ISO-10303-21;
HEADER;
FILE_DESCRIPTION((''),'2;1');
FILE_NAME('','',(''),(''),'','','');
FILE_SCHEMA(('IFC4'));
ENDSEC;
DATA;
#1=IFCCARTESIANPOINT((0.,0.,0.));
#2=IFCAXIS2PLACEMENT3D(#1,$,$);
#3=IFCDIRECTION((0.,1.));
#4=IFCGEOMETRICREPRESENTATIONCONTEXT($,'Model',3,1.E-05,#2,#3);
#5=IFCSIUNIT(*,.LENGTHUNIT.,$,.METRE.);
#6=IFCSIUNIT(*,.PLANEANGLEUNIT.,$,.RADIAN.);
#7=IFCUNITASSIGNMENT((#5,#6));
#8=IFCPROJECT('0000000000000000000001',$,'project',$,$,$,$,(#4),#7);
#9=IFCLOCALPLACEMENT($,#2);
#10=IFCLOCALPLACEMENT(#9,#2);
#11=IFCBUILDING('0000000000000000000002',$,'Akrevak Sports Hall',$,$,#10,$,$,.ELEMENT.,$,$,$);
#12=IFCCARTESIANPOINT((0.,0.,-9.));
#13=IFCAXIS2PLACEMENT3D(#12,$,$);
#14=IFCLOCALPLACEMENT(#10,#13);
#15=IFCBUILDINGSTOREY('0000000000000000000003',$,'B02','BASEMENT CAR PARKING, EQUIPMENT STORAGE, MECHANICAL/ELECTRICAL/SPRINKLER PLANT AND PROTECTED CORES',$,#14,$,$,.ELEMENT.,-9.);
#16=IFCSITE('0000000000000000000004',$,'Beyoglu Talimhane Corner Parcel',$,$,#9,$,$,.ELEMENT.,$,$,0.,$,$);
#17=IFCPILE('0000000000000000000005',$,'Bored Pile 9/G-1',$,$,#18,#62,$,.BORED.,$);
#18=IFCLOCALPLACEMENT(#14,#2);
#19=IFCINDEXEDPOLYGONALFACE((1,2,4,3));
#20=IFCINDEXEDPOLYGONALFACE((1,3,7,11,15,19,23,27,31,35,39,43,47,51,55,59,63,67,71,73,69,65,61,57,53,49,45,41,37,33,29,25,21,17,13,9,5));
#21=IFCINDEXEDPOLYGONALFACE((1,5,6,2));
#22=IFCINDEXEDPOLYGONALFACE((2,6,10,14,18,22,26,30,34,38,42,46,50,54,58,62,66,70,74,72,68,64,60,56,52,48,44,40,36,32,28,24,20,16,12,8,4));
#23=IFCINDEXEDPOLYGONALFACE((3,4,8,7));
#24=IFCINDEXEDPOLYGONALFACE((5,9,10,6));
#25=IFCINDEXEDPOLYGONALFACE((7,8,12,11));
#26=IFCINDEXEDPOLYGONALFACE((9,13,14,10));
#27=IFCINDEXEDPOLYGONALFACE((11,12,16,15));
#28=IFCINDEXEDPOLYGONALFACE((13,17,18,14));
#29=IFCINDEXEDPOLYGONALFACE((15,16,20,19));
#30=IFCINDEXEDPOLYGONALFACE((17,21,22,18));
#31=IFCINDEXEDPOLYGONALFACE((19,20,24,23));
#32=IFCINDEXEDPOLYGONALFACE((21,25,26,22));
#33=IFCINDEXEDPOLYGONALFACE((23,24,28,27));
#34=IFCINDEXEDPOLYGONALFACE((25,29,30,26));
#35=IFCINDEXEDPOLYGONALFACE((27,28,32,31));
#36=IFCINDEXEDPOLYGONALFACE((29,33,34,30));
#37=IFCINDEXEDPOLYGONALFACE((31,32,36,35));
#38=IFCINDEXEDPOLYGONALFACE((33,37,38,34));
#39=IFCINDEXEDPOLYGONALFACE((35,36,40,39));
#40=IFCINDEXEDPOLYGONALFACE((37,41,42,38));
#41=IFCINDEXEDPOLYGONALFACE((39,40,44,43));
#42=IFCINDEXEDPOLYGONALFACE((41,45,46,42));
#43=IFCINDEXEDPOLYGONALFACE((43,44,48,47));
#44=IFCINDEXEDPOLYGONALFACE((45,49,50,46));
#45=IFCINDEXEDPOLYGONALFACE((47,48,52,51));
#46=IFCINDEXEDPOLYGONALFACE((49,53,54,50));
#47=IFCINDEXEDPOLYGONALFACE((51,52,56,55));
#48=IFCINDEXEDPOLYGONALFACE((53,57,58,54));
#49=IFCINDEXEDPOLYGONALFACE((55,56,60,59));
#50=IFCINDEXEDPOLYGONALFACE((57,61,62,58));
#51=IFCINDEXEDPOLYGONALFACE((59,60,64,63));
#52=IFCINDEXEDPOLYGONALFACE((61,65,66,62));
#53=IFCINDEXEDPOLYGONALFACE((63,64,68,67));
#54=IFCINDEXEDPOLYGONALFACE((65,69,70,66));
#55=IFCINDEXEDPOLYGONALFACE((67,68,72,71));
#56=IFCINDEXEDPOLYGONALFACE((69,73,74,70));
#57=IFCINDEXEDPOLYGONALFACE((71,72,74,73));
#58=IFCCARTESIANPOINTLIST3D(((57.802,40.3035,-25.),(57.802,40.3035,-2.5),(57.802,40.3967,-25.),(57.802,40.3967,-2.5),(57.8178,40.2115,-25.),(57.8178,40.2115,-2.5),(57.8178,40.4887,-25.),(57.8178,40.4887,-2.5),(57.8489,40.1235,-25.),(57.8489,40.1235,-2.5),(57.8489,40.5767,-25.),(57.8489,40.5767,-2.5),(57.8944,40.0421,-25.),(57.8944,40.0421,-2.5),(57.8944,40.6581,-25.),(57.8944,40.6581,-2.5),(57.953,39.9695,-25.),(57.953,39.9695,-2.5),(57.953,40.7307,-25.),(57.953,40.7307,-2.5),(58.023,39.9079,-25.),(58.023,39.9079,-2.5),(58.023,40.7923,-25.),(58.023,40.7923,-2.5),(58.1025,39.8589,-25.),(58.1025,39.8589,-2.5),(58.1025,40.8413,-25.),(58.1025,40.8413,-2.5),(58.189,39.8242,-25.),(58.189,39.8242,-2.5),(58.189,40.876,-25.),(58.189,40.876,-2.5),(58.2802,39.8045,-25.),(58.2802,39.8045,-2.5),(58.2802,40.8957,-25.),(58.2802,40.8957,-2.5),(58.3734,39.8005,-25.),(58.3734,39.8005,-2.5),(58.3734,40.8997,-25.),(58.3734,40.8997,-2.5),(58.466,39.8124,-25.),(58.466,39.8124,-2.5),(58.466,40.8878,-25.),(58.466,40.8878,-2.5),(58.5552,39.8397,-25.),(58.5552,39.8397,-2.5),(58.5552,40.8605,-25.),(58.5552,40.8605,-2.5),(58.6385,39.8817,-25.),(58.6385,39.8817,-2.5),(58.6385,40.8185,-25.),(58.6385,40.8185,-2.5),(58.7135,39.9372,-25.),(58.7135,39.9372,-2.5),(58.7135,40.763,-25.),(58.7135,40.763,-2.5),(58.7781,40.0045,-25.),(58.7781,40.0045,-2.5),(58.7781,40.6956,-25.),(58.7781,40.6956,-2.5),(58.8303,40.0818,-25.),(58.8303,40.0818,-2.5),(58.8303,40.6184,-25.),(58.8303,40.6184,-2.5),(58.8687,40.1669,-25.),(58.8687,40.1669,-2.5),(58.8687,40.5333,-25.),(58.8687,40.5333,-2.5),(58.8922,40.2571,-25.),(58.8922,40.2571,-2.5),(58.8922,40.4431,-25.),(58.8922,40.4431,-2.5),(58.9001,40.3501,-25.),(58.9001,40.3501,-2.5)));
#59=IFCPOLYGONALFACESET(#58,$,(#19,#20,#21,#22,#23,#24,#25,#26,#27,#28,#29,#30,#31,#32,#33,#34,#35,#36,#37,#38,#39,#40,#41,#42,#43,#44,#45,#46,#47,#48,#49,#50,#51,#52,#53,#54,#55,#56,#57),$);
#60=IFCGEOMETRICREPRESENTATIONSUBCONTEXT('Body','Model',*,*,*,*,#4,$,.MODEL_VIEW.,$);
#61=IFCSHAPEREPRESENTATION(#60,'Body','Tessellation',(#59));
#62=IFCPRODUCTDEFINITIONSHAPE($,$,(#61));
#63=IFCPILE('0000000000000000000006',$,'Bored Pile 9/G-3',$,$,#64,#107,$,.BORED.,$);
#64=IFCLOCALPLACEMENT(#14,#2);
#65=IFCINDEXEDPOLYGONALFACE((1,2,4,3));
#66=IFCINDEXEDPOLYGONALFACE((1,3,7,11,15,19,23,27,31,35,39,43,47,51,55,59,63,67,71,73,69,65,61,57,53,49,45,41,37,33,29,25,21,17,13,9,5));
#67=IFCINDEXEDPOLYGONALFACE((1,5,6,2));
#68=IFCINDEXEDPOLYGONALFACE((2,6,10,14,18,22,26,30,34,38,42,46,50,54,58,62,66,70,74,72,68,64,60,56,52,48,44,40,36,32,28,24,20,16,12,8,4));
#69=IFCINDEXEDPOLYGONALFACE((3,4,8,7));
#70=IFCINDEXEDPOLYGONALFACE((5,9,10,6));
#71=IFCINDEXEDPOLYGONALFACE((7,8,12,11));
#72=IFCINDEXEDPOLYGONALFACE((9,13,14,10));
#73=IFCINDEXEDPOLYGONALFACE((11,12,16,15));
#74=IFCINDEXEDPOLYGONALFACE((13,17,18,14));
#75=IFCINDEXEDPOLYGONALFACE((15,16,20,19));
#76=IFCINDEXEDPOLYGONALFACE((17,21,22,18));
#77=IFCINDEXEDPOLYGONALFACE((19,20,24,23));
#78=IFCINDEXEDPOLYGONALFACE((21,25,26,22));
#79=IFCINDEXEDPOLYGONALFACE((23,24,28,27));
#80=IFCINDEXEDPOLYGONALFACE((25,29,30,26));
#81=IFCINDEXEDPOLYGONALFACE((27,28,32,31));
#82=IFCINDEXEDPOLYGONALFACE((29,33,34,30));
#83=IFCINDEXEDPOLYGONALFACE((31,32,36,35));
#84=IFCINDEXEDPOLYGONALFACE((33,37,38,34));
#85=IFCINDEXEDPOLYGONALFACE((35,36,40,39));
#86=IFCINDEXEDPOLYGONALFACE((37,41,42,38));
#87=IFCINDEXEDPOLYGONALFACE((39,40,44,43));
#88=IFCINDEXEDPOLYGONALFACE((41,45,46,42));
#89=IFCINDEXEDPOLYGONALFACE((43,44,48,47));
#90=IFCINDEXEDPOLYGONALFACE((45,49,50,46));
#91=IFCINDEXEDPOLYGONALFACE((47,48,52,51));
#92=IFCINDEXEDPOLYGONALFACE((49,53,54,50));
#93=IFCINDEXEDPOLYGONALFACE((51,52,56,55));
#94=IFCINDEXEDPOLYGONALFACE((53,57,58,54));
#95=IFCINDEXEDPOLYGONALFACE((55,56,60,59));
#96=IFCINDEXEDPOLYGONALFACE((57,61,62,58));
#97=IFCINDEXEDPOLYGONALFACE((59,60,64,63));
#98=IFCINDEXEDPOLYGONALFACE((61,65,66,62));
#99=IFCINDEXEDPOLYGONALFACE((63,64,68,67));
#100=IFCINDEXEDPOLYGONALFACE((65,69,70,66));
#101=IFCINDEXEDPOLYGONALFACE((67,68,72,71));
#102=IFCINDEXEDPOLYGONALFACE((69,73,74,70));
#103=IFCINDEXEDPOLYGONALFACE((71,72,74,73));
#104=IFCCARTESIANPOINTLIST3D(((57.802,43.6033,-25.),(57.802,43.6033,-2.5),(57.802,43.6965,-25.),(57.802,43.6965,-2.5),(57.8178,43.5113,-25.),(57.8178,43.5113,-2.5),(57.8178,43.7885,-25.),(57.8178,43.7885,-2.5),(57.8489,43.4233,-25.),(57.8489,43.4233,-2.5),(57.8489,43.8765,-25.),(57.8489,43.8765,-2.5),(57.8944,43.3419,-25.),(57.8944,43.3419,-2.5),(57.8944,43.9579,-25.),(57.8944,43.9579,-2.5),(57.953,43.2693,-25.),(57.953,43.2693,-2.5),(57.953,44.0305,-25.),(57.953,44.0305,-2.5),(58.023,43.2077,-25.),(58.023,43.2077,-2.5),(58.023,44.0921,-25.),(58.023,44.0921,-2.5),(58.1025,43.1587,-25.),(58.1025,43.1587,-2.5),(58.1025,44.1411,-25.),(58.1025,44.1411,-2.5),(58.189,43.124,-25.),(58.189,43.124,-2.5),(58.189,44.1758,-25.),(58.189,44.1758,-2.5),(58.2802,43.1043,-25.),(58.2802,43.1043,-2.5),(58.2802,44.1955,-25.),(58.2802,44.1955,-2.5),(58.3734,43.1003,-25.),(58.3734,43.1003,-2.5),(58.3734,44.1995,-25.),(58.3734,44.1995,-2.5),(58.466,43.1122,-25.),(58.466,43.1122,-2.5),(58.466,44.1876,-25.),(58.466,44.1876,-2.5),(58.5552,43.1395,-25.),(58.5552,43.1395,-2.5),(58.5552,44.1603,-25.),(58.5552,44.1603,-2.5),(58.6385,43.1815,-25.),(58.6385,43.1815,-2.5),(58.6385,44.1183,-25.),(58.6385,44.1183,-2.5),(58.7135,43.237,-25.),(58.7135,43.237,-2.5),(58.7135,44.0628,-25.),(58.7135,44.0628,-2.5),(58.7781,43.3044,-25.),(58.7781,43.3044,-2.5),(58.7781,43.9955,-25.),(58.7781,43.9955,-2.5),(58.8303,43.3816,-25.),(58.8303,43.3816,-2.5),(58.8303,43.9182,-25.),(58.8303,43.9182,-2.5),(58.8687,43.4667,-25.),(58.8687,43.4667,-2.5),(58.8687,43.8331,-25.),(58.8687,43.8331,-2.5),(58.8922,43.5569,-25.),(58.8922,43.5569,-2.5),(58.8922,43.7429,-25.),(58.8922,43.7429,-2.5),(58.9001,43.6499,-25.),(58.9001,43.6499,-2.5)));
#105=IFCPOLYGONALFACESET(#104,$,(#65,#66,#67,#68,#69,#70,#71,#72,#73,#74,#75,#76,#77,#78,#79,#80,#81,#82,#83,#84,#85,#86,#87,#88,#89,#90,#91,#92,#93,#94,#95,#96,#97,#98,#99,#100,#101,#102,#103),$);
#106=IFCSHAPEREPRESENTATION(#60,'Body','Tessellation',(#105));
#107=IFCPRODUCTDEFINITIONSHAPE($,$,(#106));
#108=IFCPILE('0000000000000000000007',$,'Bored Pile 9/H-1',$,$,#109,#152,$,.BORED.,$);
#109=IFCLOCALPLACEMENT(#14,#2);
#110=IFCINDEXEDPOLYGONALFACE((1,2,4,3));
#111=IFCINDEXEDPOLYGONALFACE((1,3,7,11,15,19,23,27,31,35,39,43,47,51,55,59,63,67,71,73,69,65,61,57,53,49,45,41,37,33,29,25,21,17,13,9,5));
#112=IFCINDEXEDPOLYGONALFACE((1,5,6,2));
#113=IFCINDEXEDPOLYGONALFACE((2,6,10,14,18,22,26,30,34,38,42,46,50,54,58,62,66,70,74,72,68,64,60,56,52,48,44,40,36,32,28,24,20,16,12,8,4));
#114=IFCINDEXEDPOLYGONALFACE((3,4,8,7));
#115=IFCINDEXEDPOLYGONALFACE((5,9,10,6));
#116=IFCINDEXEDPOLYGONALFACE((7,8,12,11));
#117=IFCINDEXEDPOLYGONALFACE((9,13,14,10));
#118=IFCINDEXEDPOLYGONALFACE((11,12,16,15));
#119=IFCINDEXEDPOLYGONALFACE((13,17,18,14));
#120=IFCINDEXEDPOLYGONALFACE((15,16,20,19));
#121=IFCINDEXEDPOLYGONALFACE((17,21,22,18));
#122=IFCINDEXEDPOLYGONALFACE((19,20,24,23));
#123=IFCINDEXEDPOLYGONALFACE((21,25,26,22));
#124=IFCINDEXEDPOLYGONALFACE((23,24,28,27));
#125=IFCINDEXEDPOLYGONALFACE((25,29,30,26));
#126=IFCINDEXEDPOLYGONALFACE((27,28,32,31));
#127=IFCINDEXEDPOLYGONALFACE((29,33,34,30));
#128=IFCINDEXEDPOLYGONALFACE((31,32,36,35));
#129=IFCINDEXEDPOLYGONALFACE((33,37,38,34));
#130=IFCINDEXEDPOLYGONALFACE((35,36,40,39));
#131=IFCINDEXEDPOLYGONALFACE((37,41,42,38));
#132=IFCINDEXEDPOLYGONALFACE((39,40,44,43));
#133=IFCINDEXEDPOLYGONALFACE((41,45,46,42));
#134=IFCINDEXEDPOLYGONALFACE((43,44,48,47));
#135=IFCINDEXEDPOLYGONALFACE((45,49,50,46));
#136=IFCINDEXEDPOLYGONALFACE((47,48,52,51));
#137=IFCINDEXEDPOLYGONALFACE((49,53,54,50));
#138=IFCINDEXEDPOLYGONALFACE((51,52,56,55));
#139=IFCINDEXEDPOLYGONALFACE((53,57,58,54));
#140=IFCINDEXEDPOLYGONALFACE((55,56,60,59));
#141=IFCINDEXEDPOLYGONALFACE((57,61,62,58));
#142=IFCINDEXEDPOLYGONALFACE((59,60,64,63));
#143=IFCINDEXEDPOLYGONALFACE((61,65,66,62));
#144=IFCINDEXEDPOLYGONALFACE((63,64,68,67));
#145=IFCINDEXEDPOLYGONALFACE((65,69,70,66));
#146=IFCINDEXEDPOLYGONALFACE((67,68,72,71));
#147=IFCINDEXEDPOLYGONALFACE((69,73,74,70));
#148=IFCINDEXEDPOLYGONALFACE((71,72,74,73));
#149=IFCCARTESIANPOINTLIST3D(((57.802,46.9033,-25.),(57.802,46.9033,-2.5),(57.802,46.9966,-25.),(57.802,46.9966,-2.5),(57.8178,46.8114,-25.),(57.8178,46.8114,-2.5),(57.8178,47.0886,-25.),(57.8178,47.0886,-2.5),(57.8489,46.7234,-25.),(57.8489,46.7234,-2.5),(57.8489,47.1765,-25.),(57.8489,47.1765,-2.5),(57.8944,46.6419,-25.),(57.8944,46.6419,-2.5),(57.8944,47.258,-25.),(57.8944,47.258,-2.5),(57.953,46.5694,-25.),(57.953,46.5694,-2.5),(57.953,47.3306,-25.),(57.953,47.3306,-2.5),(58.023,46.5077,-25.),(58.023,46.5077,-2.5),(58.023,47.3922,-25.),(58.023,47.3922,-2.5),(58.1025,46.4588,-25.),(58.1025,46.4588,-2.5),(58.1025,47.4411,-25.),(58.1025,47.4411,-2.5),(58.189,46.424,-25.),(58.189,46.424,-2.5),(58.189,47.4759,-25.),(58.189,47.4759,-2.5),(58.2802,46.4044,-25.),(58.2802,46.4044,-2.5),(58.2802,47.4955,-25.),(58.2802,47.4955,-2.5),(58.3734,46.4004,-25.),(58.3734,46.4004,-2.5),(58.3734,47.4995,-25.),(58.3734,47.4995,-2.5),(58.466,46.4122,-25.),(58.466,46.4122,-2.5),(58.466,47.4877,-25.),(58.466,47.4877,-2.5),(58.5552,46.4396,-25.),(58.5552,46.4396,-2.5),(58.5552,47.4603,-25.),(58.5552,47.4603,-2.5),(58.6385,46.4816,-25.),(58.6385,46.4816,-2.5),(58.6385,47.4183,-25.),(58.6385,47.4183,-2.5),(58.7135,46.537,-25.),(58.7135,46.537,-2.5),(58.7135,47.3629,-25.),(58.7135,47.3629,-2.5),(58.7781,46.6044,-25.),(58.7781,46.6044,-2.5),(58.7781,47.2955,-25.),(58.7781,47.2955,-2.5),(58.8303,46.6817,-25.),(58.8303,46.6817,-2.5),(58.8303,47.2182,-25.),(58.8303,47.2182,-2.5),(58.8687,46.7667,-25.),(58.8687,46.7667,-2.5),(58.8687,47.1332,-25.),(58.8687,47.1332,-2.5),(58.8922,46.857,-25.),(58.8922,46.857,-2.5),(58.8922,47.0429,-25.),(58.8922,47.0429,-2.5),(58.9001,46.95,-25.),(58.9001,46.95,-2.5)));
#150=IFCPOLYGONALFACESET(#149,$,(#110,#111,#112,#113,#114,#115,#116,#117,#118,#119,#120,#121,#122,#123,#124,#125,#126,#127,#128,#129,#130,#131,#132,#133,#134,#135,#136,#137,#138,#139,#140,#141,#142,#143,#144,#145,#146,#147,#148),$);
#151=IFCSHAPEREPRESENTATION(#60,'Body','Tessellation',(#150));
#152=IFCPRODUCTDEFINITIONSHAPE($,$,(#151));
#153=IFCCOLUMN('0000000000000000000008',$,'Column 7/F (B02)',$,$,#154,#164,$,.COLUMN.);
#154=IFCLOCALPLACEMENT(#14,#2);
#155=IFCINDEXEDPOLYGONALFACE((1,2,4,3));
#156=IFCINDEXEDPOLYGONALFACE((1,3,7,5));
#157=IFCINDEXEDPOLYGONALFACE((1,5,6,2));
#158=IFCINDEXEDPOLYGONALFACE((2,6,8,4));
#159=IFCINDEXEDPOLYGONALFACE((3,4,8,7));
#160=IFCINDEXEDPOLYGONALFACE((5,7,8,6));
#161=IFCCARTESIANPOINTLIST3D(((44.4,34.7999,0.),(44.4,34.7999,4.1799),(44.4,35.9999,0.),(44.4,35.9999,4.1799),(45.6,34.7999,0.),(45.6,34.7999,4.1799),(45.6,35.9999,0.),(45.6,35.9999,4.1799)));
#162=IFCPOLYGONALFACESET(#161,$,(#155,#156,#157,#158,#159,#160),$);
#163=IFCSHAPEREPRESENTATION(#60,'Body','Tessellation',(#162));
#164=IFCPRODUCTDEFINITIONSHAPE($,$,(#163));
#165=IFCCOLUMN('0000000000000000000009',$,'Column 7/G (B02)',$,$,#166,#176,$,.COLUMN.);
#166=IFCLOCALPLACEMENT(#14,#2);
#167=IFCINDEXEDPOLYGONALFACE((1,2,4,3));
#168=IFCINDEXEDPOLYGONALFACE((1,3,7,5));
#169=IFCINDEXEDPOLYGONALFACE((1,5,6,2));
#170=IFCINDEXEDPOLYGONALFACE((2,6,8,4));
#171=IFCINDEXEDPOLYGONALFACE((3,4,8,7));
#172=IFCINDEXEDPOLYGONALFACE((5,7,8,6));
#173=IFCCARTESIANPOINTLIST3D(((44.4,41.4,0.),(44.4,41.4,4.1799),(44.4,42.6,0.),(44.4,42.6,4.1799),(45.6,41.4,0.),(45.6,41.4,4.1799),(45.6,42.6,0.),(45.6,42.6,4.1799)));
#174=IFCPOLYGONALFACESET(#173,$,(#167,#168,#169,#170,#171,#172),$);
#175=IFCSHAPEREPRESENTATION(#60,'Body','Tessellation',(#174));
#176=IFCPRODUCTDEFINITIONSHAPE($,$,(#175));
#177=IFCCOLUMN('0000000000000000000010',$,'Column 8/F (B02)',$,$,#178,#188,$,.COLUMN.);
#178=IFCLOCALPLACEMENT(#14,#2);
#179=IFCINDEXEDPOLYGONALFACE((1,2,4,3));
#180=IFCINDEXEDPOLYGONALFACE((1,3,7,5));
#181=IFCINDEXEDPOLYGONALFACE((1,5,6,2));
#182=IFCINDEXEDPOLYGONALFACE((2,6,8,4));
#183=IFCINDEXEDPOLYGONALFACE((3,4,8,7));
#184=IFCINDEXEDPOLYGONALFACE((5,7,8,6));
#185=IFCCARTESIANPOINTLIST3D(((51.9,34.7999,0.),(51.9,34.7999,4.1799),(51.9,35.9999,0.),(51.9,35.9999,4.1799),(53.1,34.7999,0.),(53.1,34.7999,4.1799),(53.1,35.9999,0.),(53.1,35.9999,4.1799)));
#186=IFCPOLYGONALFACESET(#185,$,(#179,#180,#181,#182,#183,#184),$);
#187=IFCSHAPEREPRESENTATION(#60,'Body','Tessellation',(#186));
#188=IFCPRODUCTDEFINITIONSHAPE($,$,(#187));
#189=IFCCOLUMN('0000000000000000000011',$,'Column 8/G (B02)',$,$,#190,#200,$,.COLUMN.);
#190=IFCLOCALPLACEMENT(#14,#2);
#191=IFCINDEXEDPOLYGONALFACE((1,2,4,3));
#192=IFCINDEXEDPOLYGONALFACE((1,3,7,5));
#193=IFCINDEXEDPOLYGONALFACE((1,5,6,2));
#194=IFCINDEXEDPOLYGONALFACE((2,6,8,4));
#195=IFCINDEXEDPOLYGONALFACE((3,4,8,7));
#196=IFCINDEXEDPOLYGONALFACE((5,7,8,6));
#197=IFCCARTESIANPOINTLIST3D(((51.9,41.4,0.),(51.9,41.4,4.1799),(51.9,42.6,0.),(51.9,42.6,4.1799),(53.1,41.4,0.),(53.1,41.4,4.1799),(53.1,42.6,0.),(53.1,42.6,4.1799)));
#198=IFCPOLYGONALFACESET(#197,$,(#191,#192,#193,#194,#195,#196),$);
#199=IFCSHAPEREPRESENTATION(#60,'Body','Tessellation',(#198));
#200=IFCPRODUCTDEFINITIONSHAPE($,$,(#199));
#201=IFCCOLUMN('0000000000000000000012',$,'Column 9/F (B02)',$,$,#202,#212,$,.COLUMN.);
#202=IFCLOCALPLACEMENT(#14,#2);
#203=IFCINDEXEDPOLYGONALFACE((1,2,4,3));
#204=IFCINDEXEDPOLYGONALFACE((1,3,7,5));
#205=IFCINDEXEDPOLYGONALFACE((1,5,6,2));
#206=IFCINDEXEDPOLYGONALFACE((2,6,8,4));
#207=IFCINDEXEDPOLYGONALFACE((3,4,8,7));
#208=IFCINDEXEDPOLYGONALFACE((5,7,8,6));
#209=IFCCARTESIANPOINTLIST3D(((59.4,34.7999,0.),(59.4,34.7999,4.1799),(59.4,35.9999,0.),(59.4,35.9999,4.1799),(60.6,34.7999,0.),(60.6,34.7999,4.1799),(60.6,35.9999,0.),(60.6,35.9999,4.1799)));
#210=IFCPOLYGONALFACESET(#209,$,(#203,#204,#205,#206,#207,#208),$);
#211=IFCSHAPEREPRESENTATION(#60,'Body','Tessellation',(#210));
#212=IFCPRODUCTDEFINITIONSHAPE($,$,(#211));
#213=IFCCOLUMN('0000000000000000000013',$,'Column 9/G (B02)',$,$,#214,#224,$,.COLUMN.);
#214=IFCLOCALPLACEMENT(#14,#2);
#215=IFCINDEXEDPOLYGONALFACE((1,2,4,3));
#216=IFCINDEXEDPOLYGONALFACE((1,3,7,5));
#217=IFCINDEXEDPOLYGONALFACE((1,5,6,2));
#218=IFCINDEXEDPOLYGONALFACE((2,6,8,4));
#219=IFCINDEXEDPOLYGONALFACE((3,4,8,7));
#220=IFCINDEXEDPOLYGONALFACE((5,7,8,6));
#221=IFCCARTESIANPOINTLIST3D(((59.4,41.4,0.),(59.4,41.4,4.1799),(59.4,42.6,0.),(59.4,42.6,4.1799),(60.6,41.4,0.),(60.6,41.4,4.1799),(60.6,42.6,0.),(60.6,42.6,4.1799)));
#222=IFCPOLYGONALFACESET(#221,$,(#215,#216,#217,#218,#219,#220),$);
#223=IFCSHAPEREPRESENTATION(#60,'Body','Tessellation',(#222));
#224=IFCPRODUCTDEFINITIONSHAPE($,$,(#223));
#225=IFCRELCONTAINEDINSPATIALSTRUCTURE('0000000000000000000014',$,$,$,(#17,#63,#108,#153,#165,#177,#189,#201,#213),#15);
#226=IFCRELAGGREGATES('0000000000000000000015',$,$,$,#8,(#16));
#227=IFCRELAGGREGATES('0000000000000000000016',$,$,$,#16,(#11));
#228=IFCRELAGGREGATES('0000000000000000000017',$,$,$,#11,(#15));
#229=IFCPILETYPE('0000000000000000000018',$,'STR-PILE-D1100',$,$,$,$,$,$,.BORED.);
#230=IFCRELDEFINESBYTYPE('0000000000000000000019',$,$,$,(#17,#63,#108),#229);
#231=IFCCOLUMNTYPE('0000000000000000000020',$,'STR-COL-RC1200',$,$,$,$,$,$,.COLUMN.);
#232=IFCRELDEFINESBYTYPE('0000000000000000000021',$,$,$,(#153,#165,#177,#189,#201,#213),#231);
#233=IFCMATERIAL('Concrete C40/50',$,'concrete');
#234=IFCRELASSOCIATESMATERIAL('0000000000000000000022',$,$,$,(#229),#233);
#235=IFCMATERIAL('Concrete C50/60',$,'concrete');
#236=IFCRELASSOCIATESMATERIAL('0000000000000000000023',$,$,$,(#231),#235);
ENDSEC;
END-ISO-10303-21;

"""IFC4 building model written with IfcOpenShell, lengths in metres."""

from ifc_helpers import new_model, si_unit, direction, frame, origin, origin_2d, place, context, subcontext, project, spatial, rectangle, circle, extrude, material, material_profile, profile_set, type_object, element, save


model = new_model("IFC4")

# Units and contexts
model_context = context("Model", 3, precision=1e-05, world=origin(), true_north=direction((0.0, 1.0)))
body_context = subcontext(model_context, "Body", "Model", "MODEL_VIEW")
ifc_project = project(units=[si_unit("LENGTHUNIT", "METRE"), si_unit("PLANEANGLEUNIT", "RADIAN")], contexts=[model_context])

# Site, building, storey
site_placement = place(None, origin())
site = spatial("IfcSite", under=ifc_project, at=site_placement, Name="Beyoglu Talimhane Corner Parcel", CompositionType="ELEMENT", RefElevation=0.0)
building_placement = place(site_placement, origin())
building = spatial("IfcBuilding", under=site, at=building_placement, Name="Akrevak Sports Hall", CompositionType="ELEMENT")
storey_placement = place(building_placement, frame((0.0, 0.0, -9.0)))
storey = spatial("IfcBuildingStorey", under=building, at=storey_placement, Name="B02", Description="BASEMENT CAR PARKING, EQUIPMENT STORAGE, MECHANICAL/ELECTRICAL/SPRINKLER PLANT AND PROTECTED CORES", CompositionType="ELEMENT", Elevation=-9.0)

# Shared definitions
ifc_material_1 = material(Name="Concrete C40/50", Category="concrete")

# Piles
ifc_material_profile_1 = material_profile(ifc_material_1, circle(Radius=0.55, at=origin_2d()), Name="BORED PILE D1100", Category="concrete")
ifc_profile_set_1 = profile_set([ifc_material_profile_1], Name="Concrete C40/50")
pile_type = type_object("IfcPileType", Name="STR-PILE-D1100", PredefinedType="BORED", material=ifc_profile_set_1)
for number, where, z_axis, x_axis, name in (
    (1, (58.3501, 40.3501, -2.5), (0.0, 0.0, -1.0), (1.0, 0.0, 0.0), "Bored Pile 9/G-1"),
    (2, (58.3501, 43.6499, -2.5), (0.0, 0.0, -1.0), (1.0, 0.0, 0.0), "Bored Pile 9/G-3"),
    (3, (58.3501, 46.95, -2.5), (0.0, 0.0, -1.0), (1.0, 0.0, 0.0), "Bored Pile 9/H-1"),
):
    element("IfcPile", number, at=place(storey_placement, frame(where, z_axis=z_axis, x_axis=x_axis)), inside=storey, type_object=pile_type, Name=name, PredefinedType="BORED", context=body_context, shape_type="SweptSolid", body=[
        extrude(circle(Radius=0.55, at=origin_2d()), origin(), (0.0, 0.0, 1.0), 22.5),
    ])

# Columns
ifc_material_2 = material(Name="Concrete C50/60", Category="concrete")
ifc_material_profile_2 = material_profile(ifc_material_2, rectangle(XDim=1.2, YDim=1.2, at=origin_2d()), Name="RC 1200x1200", Category="concrete")
ifc_profile_set_2 = profile_set([ifc_material_profile_2], Name="Concrete C50/60")
column_type = type_object("IfcColumnType", Name="STR-COL-RC1200", PredefinedType="COLUMN", material=ifc_profile_set_2)
for number, where, z_axis, x_axis, name in (
    (4, (45.0, 35.3999, 0.0), (0.0, 0.0, 1.0), (1.0, 0.0, 0.0), "Column 7/F (B02)"),
    (5, (45.0, 42.0, 0.0), (0.0, 0.0, 1.0), (1.0, 0.0, 0.0), "Column 7/G (B02)"),
    (6, (52.5, 35.3999, 0.0), (0.0, 0.0, 1.0), (1.0, 0.0, 0.0), "Column 8/F (B02)"),
    (7, (52.5, 42.0, 0.0), (0.0, 0.0, 1.0), (1.0, 0.0, 0.0), "Column 8/G (B02)"),
    (8, (60.0, 35.3999, 0.0), (0.0, 0.0, 1.0), (1.0, 0.0, 0.0), "Column 9/F (B02)"),
    (9, (60.0, 42.0, 0.0), (0.0, 0.0, 1.0), (1.0, 0.0, 0.0), "Column 9/G (B02)"),
):
    element("IfcColumn", number, at=place(storey_placement, frame(where, z_axis=z_axis, x_axis=x_axis)), inside=storey, type_object=column_type, Name=name, PredefinedType="COLUMN", context=body_context, shape_type="SweptSolid", body=[
        extrude(rectangle(XDim=1.2, YDim=1.2, at=origin_2d()), origin(), (0.0, 0.0, 1.0), 4.1799),
    ])

save(model, "model.ifc")
